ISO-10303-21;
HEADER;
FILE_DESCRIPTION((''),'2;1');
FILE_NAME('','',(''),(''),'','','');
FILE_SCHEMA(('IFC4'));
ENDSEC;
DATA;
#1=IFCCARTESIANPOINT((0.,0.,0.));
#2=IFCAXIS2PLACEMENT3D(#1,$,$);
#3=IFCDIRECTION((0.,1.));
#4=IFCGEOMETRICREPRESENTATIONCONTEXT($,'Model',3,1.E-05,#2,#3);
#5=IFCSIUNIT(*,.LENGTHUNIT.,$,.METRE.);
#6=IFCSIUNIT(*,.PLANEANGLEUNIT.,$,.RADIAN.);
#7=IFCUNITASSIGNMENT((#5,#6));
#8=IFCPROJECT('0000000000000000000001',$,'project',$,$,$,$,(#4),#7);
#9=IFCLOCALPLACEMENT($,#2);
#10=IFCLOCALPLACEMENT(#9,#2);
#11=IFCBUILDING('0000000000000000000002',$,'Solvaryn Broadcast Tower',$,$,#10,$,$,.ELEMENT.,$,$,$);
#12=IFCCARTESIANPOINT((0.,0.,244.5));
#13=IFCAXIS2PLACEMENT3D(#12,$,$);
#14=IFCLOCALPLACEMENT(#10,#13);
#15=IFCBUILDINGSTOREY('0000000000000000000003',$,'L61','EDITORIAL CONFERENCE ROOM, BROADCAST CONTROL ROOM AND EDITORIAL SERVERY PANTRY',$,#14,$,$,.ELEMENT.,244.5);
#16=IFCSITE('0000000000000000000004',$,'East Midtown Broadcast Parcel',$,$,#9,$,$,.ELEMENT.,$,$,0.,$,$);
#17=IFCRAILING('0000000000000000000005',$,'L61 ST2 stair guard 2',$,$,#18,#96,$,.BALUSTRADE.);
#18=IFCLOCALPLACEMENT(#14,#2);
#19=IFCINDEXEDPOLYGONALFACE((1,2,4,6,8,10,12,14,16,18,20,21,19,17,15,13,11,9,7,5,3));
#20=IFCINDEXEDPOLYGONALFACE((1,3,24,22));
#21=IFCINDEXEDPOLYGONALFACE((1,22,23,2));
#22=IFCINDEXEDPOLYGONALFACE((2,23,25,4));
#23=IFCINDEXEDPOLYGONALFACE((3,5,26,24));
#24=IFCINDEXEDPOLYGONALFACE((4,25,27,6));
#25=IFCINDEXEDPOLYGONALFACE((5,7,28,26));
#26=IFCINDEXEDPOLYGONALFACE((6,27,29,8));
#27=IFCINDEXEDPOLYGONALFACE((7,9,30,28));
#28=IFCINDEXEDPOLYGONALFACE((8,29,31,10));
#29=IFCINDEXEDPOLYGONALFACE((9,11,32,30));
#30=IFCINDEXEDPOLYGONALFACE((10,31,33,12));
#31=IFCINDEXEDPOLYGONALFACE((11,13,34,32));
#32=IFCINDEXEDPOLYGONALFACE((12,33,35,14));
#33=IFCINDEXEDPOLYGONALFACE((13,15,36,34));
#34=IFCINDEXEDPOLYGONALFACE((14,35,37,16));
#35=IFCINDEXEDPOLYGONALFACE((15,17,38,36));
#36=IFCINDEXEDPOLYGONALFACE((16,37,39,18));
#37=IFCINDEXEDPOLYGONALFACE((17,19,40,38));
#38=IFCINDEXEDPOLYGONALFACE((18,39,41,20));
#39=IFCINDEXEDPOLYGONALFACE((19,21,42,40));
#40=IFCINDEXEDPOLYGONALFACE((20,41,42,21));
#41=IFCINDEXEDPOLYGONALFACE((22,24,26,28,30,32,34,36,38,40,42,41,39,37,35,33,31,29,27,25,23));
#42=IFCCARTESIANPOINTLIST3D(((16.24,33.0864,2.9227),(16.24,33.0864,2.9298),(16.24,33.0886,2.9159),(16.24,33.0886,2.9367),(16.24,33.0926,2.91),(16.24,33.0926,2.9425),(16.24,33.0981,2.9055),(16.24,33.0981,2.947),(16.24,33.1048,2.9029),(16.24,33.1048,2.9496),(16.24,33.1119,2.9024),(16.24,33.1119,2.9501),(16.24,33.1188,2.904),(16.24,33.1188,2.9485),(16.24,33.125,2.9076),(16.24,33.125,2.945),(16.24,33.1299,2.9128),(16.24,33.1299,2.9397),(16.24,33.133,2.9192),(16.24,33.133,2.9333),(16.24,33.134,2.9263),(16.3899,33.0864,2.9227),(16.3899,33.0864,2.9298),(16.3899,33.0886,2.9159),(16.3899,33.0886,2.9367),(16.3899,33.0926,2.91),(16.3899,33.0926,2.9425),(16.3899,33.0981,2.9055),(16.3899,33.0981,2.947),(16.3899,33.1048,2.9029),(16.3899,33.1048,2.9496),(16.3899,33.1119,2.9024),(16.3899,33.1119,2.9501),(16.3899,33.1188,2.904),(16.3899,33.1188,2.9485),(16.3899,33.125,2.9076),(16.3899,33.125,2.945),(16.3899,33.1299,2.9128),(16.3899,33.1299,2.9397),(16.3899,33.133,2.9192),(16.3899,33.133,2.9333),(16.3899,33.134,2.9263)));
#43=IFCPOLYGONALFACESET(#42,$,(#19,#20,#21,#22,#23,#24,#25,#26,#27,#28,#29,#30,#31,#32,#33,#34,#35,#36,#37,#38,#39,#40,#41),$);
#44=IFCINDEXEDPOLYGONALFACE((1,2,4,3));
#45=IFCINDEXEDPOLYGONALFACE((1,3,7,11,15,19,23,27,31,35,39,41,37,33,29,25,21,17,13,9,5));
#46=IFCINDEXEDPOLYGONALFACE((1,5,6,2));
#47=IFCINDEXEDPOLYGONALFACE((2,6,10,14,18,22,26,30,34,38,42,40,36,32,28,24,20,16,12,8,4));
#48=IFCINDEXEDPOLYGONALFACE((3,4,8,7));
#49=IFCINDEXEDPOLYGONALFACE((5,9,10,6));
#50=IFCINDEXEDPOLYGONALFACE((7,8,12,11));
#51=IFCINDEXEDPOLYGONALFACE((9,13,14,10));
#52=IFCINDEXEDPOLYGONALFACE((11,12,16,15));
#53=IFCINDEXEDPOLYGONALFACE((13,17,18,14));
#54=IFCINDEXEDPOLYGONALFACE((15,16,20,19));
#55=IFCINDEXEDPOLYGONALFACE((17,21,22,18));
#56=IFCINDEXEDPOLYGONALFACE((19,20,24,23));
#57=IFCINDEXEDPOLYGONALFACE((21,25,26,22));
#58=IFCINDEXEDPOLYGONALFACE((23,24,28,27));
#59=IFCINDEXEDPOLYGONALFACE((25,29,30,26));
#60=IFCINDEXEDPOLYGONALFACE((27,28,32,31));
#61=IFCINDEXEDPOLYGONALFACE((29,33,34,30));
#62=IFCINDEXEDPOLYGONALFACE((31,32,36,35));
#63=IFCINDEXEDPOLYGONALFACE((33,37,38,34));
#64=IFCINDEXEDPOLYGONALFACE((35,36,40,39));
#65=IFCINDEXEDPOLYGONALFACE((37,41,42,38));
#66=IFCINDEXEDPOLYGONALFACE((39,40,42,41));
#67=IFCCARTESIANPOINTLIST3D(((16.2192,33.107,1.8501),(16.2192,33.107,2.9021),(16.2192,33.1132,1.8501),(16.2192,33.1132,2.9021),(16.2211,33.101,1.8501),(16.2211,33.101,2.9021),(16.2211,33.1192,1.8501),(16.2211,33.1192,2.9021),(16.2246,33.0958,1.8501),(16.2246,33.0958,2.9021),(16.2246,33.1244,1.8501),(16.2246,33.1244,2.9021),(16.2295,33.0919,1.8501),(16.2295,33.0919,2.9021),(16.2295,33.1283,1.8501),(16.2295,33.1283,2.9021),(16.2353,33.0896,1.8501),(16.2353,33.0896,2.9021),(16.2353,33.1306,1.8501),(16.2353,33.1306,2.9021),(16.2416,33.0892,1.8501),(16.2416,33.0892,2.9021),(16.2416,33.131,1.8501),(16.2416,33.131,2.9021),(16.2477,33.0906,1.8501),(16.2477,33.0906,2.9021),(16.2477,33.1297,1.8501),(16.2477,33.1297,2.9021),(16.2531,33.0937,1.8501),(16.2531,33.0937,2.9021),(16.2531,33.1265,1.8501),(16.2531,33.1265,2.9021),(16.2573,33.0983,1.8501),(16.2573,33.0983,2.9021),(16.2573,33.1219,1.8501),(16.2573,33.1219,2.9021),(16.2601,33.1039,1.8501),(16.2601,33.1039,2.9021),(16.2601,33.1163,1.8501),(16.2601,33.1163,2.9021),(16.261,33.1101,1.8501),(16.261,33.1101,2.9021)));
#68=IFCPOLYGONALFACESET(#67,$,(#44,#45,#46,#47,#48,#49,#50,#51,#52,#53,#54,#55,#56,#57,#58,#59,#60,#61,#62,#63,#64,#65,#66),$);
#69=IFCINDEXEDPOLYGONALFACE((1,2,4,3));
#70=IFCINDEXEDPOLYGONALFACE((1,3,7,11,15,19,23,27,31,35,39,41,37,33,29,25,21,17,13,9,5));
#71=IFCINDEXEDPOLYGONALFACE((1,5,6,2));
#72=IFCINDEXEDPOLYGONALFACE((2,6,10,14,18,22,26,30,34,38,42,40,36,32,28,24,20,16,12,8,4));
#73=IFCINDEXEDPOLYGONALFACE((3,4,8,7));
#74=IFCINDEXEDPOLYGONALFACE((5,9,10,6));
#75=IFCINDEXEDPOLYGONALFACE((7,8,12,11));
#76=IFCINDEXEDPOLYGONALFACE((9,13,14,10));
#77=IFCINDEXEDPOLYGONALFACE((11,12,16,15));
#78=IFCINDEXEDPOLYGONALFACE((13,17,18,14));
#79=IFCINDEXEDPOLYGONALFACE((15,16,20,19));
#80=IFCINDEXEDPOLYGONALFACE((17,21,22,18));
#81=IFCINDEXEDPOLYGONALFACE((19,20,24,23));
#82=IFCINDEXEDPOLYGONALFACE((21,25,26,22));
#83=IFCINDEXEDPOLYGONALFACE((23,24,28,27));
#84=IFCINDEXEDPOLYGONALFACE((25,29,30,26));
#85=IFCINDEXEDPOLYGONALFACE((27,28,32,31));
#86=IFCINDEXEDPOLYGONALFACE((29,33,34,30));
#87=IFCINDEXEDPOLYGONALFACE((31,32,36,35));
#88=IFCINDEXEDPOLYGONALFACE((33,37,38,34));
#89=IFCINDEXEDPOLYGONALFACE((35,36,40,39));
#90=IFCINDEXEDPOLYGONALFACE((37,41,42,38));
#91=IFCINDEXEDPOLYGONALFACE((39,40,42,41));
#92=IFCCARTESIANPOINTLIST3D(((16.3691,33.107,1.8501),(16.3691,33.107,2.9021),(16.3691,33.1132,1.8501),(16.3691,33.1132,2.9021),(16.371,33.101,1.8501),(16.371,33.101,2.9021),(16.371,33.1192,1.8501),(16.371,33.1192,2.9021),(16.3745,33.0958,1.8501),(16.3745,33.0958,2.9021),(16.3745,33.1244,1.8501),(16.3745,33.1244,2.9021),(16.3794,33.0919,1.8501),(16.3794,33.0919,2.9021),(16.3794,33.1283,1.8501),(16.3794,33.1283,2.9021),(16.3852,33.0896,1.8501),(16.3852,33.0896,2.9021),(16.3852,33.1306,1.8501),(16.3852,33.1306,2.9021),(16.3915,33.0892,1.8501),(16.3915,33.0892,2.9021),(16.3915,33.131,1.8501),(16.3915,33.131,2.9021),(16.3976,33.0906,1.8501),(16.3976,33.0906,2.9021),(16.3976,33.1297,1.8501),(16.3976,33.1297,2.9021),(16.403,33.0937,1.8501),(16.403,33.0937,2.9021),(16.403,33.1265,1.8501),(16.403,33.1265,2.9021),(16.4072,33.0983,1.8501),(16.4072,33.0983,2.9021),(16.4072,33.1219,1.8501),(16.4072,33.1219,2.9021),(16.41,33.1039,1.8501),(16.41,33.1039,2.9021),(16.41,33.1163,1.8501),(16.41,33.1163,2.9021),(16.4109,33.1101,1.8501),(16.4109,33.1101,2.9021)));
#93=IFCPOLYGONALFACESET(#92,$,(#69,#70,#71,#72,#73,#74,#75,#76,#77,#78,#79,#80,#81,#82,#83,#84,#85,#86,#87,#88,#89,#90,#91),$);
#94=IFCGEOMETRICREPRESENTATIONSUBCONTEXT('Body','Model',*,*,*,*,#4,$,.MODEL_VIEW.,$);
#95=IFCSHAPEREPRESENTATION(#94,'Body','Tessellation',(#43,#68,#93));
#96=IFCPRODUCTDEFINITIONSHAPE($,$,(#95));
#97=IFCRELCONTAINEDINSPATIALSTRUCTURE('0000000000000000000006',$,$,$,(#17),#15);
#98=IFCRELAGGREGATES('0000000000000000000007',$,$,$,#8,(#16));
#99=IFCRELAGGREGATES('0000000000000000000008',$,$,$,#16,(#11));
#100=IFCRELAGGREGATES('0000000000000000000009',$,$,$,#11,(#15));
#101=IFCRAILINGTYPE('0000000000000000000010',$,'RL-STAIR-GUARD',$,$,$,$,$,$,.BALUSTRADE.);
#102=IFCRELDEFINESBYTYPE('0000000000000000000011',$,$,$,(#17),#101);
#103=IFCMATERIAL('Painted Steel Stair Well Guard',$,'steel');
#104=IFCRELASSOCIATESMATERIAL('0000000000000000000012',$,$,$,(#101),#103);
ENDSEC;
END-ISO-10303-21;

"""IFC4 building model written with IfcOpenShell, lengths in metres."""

from ifc_helpers import new_model, si_unit, direction, frame, origin, origin_2d, place, context, subcontext, project, spatial, circle, extrude, material, type_object, element, save


model = new_model("IFC4")

# Units and contexts
model_context = context("Model", 3, precision=1e-05, world=origin(), true_north=direction((0.0, 1.0)))
body_context = subcontext(model_context, "Body", "Model", "MODEL_VIEW")
ifc_project = project(units=[si_unit("LENGTHUNIT", "METRE"), si_unit("PLANEANGLEUNIT", "RADIAN")], contexts=[model_context])

# Site, building, storey
site_placement = place(None, origin())
site = spatial("IfcSite", under=ifc_project, at=site_placement, Name="East Midtown Broadcast Parcel", CompositionType="ELEMENT", RefElevation=0.0)
building_placement = place(site_placement, origin())
building = spatial("IfcBuilding", under=site, at=building_placement, Name="Solvaryn Broadcast Tower", CompositionType="ELEMENT")
storey_placement = place(building_placement, frame((0.0, 0.0, 244.5)))
storey = spatial("IfcBuildingStorey", under=building, at=storey_placement, Name="L61", Description="EDITORIAL CONFERENCE ROOM, BROADCAST CONTROL ROOM AND EDITORIAL SERVERY PANTRY", CompositionType="ELEMENT", Elevation=244.5)

# Railing
ifc_material_1 = material(Name="Painted Steel Stair Well Guard", Category="steel")
railing_type_1 = type_object("IfcRailingType", Name="RL-STAIR-GUARD", PredefinedType="BALUSTRADE", material=ifc_material_1)
railing_1_placement = place(storey_placement, frame((16.24, 33.1101, 1.8501)))
element("IfcRailing", 1, at=railing_1_placement, inside=storey, type_object=railing_type_1, Name="L61 ST2 stair guard 2", PredefinedType="BALUSTRADE", context=body_context, shape_type="SweptSolid", body=[
    extrude(circle(Radius=0.0239, at=origin_2d()), frame((0.0, 0.0, 1.0762), z_axis=(1.0, 0.0, 0.0), x_axis=(0.0, 1.0, 0.0)), (0.0, 0.0, 1.0), 0.1499),
    extrude(circle(Radius=0.021, at=origin_2d()), origin(), (0.0, 0.0, 1.0), 1.052),
    extrude(circle(Radius=0.021, at=origin_2d()), frame((0.1499, 0.0, 0.0)), (0.0, 0.0, 1.0), 1.052),
])

save(model, "model.ifc")
